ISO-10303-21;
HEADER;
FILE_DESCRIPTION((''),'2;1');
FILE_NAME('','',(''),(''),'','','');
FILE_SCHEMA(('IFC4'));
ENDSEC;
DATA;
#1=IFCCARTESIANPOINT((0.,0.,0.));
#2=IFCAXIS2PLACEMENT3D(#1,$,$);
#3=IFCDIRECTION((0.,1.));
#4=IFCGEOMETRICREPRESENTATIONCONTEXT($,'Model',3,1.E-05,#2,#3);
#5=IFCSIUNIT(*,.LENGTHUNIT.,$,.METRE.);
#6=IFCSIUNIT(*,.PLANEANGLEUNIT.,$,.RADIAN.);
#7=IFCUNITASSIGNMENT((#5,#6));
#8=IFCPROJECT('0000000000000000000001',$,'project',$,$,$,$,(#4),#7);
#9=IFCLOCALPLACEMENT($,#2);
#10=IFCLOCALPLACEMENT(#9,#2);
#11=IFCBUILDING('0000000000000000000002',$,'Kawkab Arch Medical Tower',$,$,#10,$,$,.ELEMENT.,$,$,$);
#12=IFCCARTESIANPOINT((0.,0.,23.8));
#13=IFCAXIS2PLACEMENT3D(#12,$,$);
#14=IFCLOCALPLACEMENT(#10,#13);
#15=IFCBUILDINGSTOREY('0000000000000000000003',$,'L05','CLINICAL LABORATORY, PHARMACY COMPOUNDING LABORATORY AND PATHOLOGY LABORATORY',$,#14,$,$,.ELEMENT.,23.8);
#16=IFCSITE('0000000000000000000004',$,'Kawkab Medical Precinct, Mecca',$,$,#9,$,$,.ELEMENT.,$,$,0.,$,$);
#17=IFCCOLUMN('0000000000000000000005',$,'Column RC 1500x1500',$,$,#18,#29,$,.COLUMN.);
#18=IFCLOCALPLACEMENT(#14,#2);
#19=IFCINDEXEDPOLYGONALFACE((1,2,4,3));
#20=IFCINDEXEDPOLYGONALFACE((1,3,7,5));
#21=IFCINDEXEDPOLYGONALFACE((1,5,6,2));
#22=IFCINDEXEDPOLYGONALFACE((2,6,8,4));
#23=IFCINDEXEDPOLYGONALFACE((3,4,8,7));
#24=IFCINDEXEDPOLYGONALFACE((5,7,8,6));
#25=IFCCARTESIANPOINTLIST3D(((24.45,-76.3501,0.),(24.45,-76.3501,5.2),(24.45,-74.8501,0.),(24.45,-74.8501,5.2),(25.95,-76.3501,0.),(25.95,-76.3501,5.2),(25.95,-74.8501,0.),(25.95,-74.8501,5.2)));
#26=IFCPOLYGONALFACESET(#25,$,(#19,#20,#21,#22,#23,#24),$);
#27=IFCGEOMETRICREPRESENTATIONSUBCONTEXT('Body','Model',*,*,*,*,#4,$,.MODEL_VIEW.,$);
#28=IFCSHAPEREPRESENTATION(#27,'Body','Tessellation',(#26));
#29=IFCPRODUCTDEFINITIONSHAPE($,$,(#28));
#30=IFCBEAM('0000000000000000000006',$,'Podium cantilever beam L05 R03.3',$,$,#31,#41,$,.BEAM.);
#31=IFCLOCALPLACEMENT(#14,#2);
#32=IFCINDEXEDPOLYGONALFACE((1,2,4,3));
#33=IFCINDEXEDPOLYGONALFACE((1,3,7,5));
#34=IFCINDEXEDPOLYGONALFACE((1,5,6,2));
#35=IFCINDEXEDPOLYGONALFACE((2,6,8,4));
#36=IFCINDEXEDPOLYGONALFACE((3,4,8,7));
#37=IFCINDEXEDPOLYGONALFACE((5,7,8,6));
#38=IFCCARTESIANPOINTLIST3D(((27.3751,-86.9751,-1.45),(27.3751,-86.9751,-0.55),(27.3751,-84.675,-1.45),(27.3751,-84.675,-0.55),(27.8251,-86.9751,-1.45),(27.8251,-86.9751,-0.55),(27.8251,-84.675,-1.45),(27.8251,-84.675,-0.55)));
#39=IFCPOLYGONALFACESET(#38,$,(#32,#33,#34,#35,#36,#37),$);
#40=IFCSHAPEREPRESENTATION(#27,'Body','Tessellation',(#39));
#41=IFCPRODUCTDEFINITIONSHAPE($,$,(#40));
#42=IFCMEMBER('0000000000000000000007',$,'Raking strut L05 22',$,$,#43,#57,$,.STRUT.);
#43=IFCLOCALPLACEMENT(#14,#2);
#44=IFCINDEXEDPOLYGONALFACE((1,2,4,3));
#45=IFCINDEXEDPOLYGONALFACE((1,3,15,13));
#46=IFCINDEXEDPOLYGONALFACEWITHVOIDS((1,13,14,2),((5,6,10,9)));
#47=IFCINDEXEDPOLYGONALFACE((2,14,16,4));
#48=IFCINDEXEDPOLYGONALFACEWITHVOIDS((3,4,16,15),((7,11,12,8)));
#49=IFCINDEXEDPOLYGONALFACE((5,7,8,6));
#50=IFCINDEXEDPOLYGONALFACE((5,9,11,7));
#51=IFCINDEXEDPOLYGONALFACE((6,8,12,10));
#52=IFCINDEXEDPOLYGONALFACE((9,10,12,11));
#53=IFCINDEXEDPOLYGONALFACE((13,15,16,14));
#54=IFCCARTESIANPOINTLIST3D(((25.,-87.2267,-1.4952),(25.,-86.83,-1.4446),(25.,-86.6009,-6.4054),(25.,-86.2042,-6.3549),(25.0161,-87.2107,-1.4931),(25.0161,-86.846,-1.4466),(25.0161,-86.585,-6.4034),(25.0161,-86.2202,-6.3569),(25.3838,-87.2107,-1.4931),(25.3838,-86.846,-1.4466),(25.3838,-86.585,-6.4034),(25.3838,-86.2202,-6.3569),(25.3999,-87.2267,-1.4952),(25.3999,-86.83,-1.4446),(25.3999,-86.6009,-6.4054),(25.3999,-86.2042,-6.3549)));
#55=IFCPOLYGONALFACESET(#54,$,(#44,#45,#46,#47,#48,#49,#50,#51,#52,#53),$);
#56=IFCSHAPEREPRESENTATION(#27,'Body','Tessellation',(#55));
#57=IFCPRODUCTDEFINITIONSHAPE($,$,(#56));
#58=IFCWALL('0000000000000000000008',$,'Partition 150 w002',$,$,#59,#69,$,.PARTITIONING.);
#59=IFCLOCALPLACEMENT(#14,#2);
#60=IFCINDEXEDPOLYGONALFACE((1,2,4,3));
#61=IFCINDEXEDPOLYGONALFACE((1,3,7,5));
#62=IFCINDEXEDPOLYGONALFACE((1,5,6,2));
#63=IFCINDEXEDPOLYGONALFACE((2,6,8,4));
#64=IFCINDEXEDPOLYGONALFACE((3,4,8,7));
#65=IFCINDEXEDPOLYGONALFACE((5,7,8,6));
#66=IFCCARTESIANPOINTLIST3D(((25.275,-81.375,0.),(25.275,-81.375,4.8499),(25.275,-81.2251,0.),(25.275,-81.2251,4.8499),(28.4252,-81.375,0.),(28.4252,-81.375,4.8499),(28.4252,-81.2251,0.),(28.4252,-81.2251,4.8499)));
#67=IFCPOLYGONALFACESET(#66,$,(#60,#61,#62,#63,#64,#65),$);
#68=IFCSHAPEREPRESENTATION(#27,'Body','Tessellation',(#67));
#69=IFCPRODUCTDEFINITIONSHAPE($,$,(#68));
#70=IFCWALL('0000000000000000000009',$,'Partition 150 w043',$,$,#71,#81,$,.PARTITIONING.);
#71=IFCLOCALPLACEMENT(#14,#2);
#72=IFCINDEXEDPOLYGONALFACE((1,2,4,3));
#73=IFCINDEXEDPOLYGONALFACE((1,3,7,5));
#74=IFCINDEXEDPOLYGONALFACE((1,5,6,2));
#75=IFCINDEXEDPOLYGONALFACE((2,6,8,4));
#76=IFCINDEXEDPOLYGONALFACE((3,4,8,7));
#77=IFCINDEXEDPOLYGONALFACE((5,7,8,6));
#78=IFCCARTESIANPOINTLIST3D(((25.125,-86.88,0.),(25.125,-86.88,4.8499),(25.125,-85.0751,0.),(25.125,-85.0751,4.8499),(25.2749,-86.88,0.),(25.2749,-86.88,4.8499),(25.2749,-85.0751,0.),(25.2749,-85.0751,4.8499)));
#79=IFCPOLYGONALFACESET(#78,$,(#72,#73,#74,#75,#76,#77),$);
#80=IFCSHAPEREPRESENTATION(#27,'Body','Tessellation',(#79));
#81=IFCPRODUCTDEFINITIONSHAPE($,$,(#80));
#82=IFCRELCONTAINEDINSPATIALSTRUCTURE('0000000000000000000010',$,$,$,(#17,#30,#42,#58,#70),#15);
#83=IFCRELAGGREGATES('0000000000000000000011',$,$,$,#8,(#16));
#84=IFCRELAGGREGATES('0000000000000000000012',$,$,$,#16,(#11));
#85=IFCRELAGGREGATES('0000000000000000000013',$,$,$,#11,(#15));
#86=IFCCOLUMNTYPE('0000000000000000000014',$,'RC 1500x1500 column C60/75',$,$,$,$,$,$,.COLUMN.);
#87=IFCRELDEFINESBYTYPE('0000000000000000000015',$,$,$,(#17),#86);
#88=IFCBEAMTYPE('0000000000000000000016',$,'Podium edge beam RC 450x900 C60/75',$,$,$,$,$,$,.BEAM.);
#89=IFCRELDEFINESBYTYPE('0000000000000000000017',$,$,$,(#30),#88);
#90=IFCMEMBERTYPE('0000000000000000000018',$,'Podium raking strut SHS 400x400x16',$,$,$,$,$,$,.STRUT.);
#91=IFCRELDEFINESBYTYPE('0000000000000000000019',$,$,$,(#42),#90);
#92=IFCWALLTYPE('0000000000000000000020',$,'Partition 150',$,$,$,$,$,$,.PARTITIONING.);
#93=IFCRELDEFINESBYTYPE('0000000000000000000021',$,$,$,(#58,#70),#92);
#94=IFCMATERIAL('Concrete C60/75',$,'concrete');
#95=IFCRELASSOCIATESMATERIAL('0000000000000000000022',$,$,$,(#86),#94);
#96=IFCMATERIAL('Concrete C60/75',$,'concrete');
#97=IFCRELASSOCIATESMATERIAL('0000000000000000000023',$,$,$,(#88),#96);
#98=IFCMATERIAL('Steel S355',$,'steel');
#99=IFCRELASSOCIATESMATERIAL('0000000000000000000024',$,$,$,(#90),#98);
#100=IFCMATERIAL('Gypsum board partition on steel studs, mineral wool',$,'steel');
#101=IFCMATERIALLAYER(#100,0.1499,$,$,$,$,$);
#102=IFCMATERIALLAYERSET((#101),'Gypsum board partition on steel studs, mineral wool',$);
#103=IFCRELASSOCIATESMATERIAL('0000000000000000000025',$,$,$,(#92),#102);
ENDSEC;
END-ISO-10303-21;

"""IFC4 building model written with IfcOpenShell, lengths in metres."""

from ifc_helpers import new_model, si_unit, direction, frame, frame_2d, origin, origin_2d, place, context, subcontext, project, spatial, rectangle, hollow_rectangle, extrude, material, layer, layer_set, material_profile, profile_set, type_object, element, save


model = new_model("IFC4")

# Units and contexts
model_context = context("Model", 3, precision=1e-05, world=origin(), true_north=direction((0.0, 1.0)))
body_context = subcontext(model_context, "Body", "Model", "MODEL_VIEW")
ifc_project = project(units=[si_unit("LENGTHUNIT", "METRE"), si_unit("PLANEANGLEUNIT", "RADIAN")], contexts=[model_context])

# Site, building, storey
site_placement = place(None, origin())
site = spatial("IfcSite", under=ifc_project, at=site_placement, Name="Kawkab Medical Precinct, Mecca", CompositionType="ELEMENT", RefElevation=0.0)
building_placement = place(site_placement, origin())
building = spatial("IfcBuilding", under=site, at=building_placement, Name="Kawkab Arch Medical Tower", CompositionType="ELEMENT")
storey_placement = place(building_placement, frame((0.0, 0.0, 23.8)))
storey = spatial("IfcBuildingStorey", under=building, at=storey_placement, Name="L05", Description="CLINICAL LABORATORY, PHARMACY COMPOUNDING LABORATORY AND PATHOLOGY LABORATORY", CompositionType="ELEMENT", Elevation=23.8)

# Column
ifc_material_1 = material(Name="Concrete C60/75", Category="concrete")
ifc_material_profile_1 = material_profile(ifc_material_1, rectangle(XDim=1.5, YDim=1.5, at=origin_2d()), Name="RC 1500x1500")
ifc_profile_set_1 = profile_set([ifc_material_profile_1], Name="Concrete C60/75")
column_type = type_object("IfcColumnType", Name="RC 1500x1500 column C60/75", PredefinedType="COLUMN", material=ifc_profile_set_1)
column_placement = place(storey_placement, frame((25.2, -75.6001, 0.0), z_axis=(0.0, 0.0, 1.0), x_axis=(1.0, 0.0, 0.0)))
element("IfcColumn", 1, at=column_placement, inside=storey, type_object=column_type, Name="Column RC 1500x1500", PredefinedType="COLUMN", context=body_context, shape_type="SweptSolid", body=[
    extrude(rectangle(XDim=1.5, YDim=1.5, at=origin_2d()), origin(), (0.0, 0.0, 1.0), 5.2),
])

# Beam
ifc_material_2 = material(Name="Concrete C60/75", Category="concrete")
ifc_material_profile_2 = material_profile(ifc_material_2, rectangle(XDim=0.45, YDim=0.8999, at=origin_2d()), Name="RC 450x900")
ifc_profile_set_2 = profile_set([ifc_material_profile_2], Name="Concrete C60/75")
beam_type = type_object("IfcBeamType", Name="Podium edge beam RC 450x900 C60/75", PredefinedType="BEAM", material=ifc_profile_set_2)
beam_placement = place(storey_placement, frame((27.6001, -84.675, -1.0), z_axis=(0.0, -1.0, 0.0), x_axis=(1.0, 0.0, 0.0)))
element("IfcBeam", 2, at=beam_placement, inside=storey, type_object=beam_type, Name="Podium cantilever beam L05 R03.3", PredefinedType="BEAM", context=body_context, shape_type="SweptSolid", body=[
    extrude(rectangle(XDim=0.45, YDim=0.8999, at=origin_2d()), origin(), (0.0, 0.0, 1.0), 2.3),
])

# Member
ifc_material_3 = material(Name="Steel S355", Category="steel")
ifc_material_profile_3 = material_profile(ifc_material_3, hollow_rectangle(XDim=0.3999, YDim=0.3999, WallThickness=0.0161, at=origin_2d()), Name="SHS 400x400x16")
ifc_profile_set_3 = profile_set([ifc_material_profile_3], Name="Steel S355")
member_type = type_object("IfcMemberType", Name="Podium raking strut SHS 400x400x16", PredefinedType="STRUT", material=ifc_profile_set_3)
member_placement = place(storey_placement, frame((25.2, -86.4026, -6.3801), z_axis=(0.0, -0.126414, 0.991978), x_axis=(1.0, 0.0, 0.0)))
element("IfcMember", 3, at=member_placement, inside=storey, type_object=member_type, Name="Raking strut L05 22", PredefinedType="STRUT", context=body_context, shape_type="SweptSolid", body=[
    extrude(hollow_rectangle(XDim=0.3999, YDim=0.3999, WallThickness=0.0161, at=origin_2d()), origin(), (0.0, 0.0, 1.0), 4.95),
])

# Walls
ifc_material_4 = material(Name="Gypsum board partition on steel studs, mineral wool", Category="steel")
ifc_layer = layer(ifc_material_4, 0.1499)
ifc_layer_set = layer_set([ifc_layer], Name="Gypsum board partition on steel studs, mineral wool")
wall_type = type_object("IfcWallType", Name="Partition 150", PredefinedType="PARTITIONING", material=ifc_layer_set)
wall_1_placement = place(storey_placement, frame((25.2749, -81.3, 0.0), z_axis=(0.0, 0.0, 1.0), x_axis=(1.0, 0.0, 0.0)))
element("IfcWall", 4, at=wall_1_placement, inside=storey, type_object=wall_type, Name="Partition 150 w002", PredefinedType="PARTITIONING", context=body_context, shape_type="SweptSolid", body=[
    extrude(rectangle(XDim=3.1501, YDim=0.1499, at=frame_2d((1.5752, 0.0))), origin(), (0.0, 0.0, 1.0), 4.8499),
])
wall_2_placement = place(storey_placement, frame((25.2, -86.8799, 0.0), z_axis=(0.0, 0.0, 1.0), x_axis=(0.0, 1.0, 0.0)))
element("IfcWall", 5, at=wall_2_placement, inside=storey, type_object=wall_type, Name="Partition 150 w043", PredefinedType="PARTITIONING", context=body_context, shape_type="SweptSolid", body=[
    extrude(rectangle(XDim=1.8049, YDim=0.1499, at=frame_2d((0.9023, 0.0))), origin(), (0.0, 0.0, 1.0), 4.8499),
])

save(model, "model.ifc")
